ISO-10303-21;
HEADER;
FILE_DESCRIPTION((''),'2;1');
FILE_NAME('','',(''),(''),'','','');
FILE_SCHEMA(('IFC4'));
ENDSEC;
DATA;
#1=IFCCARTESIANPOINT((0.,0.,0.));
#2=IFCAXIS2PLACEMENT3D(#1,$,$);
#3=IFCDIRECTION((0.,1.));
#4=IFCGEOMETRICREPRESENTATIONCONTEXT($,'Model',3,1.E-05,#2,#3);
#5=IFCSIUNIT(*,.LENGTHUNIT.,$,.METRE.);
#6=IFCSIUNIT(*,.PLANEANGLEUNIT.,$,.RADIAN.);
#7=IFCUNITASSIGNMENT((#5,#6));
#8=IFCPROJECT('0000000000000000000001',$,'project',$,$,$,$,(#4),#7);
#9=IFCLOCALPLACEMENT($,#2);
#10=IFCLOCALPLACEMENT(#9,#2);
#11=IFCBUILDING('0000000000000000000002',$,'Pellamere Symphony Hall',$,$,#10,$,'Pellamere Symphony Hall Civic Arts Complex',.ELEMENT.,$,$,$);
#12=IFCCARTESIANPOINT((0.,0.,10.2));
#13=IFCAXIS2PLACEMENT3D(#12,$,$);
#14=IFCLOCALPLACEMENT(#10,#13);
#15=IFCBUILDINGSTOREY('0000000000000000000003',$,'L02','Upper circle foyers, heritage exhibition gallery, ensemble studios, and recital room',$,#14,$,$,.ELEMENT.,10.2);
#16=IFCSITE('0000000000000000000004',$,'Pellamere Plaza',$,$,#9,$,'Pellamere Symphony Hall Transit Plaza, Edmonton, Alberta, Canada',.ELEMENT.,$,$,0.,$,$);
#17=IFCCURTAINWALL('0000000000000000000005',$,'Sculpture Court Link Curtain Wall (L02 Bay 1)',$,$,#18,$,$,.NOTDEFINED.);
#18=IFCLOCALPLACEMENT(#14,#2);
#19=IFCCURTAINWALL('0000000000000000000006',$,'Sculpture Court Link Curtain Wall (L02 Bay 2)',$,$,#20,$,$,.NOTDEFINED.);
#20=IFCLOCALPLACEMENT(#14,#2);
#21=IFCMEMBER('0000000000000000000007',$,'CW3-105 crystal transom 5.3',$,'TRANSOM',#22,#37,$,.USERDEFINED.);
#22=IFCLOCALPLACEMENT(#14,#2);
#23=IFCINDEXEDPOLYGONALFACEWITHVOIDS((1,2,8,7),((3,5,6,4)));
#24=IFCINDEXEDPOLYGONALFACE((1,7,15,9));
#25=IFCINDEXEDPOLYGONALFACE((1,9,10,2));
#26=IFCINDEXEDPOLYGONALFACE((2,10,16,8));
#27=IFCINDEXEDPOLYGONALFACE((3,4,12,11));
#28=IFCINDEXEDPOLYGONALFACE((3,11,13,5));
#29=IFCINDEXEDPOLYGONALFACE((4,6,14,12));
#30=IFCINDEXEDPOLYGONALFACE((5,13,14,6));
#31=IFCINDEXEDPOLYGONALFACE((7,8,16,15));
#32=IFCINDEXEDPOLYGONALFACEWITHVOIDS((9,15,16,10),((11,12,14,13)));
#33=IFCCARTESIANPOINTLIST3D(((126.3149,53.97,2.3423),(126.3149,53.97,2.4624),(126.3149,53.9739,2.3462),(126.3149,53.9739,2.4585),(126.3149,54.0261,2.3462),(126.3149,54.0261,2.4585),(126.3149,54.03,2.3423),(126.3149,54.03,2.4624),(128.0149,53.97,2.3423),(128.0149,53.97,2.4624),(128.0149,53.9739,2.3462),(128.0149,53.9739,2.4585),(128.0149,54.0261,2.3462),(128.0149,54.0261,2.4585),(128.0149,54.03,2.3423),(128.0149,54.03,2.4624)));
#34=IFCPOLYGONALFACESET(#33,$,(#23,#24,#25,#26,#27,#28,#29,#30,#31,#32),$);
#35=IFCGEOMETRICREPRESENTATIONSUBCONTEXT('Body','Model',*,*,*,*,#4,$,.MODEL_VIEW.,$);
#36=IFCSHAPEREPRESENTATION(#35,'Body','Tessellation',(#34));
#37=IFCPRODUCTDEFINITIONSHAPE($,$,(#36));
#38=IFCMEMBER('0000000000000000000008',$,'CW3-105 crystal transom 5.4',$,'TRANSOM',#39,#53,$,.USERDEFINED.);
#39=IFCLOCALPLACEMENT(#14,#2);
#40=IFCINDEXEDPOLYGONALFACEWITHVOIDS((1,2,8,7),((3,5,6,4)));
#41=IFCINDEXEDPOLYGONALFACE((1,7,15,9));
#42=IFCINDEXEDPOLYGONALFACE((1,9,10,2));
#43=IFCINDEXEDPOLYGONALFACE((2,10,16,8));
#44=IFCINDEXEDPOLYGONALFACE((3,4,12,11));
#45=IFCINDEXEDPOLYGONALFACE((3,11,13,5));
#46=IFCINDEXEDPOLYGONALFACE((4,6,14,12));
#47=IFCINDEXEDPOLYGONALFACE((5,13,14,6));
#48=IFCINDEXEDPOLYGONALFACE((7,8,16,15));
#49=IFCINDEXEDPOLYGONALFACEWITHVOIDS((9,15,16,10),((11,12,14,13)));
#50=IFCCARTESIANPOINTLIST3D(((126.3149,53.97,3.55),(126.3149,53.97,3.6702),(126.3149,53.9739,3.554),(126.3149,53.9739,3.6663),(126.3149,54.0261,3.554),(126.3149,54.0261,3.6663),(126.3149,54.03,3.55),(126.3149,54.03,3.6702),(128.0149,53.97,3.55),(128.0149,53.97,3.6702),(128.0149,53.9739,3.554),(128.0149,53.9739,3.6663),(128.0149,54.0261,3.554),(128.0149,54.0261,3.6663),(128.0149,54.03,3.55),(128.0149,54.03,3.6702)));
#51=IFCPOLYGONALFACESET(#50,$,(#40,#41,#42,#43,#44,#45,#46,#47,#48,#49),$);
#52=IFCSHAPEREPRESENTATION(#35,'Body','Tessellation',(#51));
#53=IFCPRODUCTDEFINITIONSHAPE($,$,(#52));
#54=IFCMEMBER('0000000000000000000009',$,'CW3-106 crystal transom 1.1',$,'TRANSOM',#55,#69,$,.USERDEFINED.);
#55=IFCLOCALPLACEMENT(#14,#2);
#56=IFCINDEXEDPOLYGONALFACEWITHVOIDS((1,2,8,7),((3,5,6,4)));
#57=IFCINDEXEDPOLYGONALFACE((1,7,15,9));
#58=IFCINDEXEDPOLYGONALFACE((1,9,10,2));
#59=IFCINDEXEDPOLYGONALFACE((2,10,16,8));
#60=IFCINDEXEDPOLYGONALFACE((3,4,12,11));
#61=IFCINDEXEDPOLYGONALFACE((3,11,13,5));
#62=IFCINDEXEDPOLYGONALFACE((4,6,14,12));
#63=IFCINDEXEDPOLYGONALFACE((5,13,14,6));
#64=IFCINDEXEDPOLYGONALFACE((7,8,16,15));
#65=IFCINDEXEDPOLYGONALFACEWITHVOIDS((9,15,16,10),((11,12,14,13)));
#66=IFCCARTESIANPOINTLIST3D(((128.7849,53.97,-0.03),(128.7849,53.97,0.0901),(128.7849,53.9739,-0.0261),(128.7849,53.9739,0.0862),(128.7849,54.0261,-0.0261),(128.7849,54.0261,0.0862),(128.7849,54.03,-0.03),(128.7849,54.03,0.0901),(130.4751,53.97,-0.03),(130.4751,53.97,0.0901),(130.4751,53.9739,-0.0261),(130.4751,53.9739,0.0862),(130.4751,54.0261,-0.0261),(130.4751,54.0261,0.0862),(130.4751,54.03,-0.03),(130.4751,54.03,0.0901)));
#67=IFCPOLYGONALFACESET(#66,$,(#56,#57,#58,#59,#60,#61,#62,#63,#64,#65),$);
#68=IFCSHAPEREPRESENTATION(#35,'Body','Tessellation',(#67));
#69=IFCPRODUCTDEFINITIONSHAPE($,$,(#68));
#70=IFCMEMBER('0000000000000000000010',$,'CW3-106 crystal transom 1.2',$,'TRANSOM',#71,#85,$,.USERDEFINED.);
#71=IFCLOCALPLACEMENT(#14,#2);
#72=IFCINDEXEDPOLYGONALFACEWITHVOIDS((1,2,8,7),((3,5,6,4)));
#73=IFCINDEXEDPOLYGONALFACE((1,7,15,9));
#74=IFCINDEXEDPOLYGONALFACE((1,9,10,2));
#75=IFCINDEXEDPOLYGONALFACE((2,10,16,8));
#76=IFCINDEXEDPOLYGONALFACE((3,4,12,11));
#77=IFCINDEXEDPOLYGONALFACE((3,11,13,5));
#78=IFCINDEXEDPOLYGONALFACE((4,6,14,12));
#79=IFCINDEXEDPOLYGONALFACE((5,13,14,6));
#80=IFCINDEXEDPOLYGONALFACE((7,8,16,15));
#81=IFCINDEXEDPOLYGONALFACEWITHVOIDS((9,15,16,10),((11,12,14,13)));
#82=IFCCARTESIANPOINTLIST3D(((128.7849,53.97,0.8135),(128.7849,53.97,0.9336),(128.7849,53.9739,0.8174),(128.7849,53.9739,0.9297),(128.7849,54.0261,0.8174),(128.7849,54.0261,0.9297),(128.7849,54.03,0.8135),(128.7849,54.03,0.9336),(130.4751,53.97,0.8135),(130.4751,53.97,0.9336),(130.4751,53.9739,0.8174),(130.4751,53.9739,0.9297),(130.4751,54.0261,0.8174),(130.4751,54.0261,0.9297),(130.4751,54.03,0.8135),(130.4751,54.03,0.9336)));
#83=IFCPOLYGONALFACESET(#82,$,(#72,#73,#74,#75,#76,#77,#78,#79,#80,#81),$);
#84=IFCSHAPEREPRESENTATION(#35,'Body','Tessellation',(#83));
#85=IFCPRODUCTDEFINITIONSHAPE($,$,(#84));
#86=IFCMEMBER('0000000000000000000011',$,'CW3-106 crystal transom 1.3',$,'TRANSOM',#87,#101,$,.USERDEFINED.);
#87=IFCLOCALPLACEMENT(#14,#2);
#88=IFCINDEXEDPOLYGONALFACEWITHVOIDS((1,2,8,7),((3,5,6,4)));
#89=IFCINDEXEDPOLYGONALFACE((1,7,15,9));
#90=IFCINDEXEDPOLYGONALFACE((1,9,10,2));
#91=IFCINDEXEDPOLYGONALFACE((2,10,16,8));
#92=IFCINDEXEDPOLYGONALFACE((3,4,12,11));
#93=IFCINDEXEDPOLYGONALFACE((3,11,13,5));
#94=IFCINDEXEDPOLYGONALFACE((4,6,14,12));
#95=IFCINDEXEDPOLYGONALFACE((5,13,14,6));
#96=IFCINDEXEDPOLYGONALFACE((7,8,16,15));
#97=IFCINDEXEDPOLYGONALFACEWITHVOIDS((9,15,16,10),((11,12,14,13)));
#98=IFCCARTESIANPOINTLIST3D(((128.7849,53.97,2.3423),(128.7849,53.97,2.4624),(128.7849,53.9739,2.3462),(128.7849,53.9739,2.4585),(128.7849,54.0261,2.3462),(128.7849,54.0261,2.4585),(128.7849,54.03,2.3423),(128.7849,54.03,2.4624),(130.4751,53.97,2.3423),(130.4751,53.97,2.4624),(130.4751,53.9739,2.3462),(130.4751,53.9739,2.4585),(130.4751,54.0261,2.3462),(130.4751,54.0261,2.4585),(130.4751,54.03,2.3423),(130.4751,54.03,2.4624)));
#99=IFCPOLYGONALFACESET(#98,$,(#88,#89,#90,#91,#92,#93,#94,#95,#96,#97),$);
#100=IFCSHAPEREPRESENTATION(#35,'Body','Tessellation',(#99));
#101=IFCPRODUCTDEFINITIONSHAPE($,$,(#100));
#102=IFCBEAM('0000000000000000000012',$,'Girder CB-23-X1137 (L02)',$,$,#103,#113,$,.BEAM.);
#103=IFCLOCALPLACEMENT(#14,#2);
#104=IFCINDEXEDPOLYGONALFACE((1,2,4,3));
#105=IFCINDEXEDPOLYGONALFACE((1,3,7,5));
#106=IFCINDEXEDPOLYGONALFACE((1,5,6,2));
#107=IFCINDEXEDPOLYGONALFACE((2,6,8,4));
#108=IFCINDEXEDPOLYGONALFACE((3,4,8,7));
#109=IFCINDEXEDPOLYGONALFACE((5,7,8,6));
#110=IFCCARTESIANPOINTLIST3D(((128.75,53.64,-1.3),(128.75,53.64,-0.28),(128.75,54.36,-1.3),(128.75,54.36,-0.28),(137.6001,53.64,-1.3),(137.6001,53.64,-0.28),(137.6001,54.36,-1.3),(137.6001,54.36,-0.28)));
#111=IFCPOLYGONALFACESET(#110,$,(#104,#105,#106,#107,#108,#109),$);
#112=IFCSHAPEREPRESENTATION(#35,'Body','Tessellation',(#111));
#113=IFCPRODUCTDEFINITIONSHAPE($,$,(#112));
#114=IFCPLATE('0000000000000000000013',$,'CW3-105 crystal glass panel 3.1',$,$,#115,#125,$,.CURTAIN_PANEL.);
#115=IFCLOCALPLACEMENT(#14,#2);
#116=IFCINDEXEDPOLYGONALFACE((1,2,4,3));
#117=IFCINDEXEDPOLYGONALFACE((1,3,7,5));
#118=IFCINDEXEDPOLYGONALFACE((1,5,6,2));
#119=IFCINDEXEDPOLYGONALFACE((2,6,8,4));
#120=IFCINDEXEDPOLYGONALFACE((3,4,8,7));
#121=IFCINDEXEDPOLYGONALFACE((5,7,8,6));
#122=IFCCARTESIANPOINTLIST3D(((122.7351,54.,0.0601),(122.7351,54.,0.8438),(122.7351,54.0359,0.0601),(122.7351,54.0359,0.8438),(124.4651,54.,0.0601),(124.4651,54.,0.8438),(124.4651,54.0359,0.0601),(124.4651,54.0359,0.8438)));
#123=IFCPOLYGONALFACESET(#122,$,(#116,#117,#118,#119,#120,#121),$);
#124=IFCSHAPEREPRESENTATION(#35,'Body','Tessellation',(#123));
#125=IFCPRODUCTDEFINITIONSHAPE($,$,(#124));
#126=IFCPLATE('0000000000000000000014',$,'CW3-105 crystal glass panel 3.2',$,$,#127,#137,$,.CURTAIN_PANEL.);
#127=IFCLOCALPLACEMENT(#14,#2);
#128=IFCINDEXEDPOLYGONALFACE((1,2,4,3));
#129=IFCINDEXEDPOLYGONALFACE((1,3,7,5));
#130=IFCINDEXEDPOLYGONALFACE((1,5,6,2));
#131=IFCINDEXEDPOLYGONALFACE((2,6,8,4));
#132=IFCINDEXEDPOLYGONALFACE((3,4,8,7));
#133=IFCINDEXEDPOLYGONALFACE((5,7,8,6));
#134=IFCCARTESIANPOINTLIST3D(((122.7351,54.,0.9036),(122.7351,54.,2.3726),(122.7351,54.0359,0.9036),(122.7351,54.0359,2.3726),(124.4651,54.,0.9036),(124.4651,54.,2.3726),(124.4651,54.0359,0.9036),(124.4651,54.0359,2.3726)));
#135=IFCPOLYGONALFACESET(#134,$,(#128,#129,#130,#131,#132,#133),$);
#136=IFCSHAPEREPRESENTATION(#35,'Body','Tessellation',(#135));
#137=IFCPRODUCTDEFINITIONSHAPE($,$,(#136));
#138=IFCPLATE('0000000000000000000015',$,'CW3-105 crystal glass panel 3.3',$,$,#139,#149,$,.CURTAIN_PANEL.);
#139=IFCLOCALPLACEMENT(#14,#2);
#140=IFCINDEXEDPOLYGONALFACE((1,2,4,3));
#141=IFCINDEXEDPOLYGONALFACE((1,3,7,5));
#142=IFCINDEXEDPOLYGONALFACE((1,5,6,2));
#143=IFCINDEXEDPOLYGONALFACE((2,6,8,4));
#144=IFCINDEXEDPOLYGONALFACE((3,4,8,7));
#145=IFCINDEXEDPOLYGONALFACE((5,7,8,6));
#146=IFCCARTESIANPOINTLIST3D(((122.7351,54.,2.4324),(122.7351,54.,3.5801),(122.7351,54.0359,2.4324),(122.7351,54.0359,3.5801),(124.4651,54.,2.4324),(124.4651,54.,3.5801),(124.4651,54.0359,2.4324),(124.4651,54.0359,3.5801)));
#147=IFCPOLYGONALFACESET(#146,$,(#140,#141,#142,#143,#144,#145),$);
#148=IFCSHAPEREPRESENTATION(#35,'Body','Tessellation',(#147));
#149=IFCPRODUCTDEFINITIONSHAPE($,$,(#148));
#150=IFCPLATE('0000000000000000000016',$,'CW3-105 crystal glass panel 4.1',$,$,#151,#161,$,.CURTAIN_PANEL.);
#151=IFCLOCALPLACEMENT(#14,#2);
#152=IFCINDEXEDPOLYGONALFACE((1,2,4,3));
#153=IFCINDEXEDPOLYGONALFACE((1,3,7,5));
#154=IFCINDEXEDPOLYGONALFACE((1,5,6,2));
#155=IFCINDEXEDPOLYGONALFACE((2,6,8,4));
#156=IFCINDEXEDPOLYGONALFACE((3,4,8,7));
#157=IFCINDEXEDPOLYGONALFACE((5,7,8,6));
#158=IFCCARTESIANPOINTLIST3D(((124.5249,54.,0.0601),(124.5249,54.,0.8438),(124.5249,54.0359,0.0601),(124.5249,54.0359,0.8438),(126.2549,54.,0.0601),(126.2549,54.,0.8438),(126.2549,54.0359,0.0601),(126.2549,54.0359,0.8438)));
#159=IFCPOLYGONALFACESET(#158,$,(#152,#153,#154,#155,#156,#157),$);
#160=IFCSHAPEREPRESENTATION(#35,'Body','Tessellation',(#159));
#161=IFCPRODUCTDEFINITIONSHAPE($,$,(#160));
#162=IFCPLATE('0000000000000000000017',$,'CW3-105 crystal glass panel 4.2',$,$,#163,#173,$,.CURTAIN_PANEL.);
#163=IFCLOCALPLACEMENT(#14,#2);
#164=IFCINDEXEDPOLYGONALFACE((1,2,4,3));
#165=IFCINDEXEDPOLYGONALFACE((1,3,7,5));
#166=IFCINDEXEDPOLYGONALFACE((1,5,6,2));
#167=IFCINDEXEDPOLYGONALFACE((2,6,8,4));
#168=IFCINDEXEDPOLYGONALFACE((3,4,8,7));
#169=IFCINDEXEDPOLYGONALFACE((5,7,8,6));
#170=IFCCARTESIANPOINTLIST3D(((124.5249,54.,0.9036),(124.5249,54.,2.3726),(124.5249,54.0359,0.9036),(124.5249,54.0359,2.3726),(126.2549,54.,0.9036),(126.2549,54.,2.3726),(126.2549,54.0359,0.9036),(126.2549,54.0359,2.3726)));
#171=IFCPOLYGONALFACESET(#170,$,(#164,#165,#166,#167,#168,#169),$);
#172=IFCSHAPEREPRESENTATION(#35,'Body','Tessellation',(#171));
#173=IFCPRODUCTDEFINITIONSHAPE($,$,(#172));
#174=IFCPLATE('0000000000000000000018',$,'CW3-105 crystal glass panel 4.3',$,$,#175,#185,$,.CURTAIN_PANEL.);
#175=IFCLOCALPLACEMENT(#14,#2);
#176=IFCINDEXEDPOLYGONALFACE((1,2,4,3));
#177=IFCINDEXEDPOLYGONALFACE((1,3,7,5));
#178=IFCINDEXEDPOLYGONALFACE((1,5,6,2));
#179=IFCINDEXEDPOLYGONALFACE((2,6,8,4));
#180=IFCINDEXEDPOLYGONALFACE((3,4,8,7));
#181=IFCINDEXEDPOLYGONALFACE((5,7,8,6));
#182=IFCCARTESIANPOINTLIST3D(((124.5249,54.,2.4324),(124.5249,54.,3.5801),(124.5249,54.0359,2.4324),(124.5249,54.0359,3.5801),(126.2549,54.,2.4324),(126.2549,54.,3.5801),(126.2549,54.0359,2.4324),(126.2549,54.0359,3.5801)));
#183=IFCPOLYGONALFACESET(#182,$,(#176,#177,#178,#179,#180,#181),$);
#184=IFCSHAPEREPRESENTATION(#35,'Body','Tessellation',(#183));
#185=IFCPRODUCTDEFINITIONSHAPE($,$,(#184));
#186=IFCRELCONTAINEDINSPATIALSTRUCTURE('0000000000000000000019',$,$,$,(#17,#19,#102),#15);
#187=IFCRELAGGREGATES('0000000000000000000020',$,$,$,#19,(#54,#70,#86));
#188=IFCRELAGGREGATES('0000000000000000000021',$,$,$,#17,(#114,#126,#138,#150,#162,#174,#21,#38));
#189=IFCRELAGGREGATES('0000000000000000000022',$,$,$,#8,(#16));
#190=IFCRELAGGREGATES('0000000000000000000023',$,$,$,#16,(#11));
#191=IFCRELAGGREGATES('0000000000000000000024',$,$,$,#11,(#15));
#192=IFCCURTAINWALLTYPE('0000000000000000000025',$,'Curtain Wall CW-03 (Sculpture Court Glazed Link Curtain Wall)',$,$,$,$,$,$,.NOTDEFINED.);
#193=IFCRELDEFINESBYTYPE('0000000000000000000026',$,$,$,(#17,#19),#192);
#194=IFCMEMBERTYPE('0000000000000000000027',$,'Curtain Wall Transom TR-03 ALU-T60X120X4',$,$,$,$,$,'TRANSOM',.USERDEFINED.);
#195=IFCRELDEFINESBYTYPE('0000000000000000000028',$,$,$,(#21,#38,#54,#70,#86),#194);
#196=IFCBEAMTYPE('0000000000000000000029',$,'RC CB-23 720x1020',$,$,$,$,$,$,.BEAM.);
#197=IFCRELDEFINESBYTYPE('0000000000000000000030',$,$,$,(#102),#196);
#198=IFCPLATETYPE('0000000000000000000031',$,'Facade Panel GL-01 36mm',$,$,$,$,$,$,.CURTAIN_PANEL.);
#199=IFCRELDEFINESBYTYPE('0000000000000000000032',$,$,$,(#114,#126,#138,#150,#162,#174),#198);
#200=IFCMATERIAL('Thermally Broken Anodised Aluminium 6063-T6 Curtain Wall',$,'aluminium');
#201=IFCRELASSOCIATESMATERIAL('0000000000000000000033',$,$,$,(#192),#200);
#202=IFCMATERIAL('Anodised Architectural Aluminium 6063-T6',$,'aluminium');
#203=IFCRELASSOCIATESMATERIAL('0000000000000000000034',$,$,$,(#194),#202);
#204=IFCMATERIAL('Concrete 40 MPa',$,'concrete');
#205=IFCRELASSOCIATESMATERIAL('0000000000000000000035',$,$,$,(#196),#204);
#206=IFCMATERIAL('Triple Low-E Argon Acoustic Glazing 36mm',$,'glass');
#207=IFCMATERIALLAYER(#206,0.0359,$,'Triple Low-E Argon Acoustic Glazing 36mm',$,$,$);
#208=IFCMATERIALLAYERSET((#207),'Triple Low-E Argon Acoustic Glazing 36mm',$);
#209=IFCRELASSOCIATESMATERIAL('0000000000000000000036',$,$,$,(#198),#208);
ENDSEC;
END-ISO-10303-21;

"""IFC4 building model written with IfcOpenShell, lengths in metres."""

from ifc_helpers import new_model, si_unit, direction, frame, origin, origin_2d, place, context, subcontext, project, spatial, polyline, rectangle, hollow_rectangle, outline, extrude, material, layer, layer_set, material_profile, profile_set, type_object, element, aggregate, save


model = new_model("IFC4")

# Units and contexts
model_context = context("Model", 3, precision=1e-05, world=origin(), true_north=direction((0.0, 1.0)))
body_context = subcontext(model_context, "Body", "Model", "MODEL_VIEW")
ifc_project = project(units=[si_unit("LENGTHUNIT", "METRE"), si_unit("PLANEANGLEUNIT", "RADIAN")], contexts=[model_context])

# Site, building, storey
site_placement = place(None, origin())
site = spatial("IfcSite", under=ifc_project, at=site_placement, Name="Pellamere Plaza", LongName="Pellamere Symphony Hall Transit Plaza, Edmonton, Alberta, Canada", CompositionType="ELEMENT", RefElevation=0.0)
building_placement = place(site_placement, origin())
building = spatial("IfcBuilding", under=site, at=building_placement, Name="Pellamere Symphony Hall", LongName="Pellamere Symphony Hall Civic Arts Complex", CompositionType="ELEMENT")
storey_placement = place(building_placement, frame((0.0, 0.0, 10.2)))
storey = spatial("IfcBuildingStorey", under=building, at=storey_placement, Name="L02", Description="Upper circle foyers, heritage exhibition gallery, ensemble studios, and recital room", CompositionType="ELEMENT", Elevation=10.2)

# Shared definitions
ifc_material_1 = material(Name="Concrete 40 MPa", Category="concrete")

# Curtain wall
ifc_material_2 = material(Name="Thermally Broken Anodised Aluminium 6063-T6 Curtain Wall", Category="aluminium")
ifc_material_3 = material(Name="Anodised Architectural Aluminium 6063-T6", Category="aluminium")
curtain_wall_type_1 = type_object("IfcCurtainWallType", Name="Curtain Wall CW-03 (Sculpture Court Glazed Link Curtain Wall)", PredefinedType="NOTDEFINED", material=ifc_material_2)
curtain_wall_1_placement = place(storey_placement, origin())
curtain_wall_1 = element("IfcCurtainWall", 1, at=curtain_wall_1_placement, inside=storey, type_object=curtain_wall_type_1, Name="Sculpture Court Link Curtain Wall (L02 Bay 1)", PredefinedType="NOTDEFINED")

# Curtain wall
curtain_wall_2_placement = place(storey_placement, origin())
curtain_wall_2 = element("IfcCurtainWall", 2, at=curtain_wall_2_placement, inside=storey, type_object=curtain_wall_type_1, Name="Sculpture Court Link Curtain Wall (L02 Bay 2)", PredefinedType="NOTDEFINED")

# Members
ifc_material_profile_1 = material_profile(ifc_material_3, hollow_rectangle(XDim=0.0601, YDim=0.1201, WallThickness=0.0039, at=origin_2d()), Name="ALU-T60X120X4")
ifc_profile_set_1 = profile_set([ifc_material_profile_1], Name="Anodised Architectural Aluminium 6063-T6")
member_type_1 = type_object("IfcMemberType", Name="Curtain Wall Transom TR-03 ALU-T60X120X4", ElementType="TRANSOM", PredefinedType="USERDEFINED", material=ifc_profile_set_1)
member_1_placement = place(storey_placement, frame((126.3149, 54.0, 2.4023), z_axis=(1.0, 0.0, 0.0), x_axis=(0.0, 1.0, 0.0)))
member_1 = element("IfcMember", 3, at=member_1_placement, type_object=member_type_1, Name="CW3-105 crystal transom 5.3", ObjectType="TRANSOM", PredefinedType="USERDEFINED", context=body_context, shape_type="SweptSolid", body=[
    extrude(hollow_rectangle(XDim=0.0601, YDim=0.1201, WallThickness=0.0039, at=origin_2d()), origin(), (0.0, 0.0, 1.0), 1.7),
])
member_2_placement = place(storey_placement, frame((126.3149, 54.0, 3.6101), z_axis=(1.0, 0.0, 0.0), x_axis=(0.0, 1.0, 0.0)))
member_2 = element("IfcMember", 4, at=member_2_placement, type_object=member_type_1, Name="CW3-105 crystal transom 5.4", ObjectType="TRANSOM", PredefinedType="USERDEFINED", context=body_context, shape_type="SweptSolid", body=[
    extrude(hollow_rectangle(XDim=0.0601, YDim=0.1201, WallThickness=0.0039, at=origin_2d()), origin(), (0.0, 0.0, 1.0), 1.7),
])
member_3_placement = place(storey_placement, frame((128.7849, 54.0, 0.03), z_axis=(1.0, 0.0, 0.0), x_axis=(0.0, 1.0, 0.0)))
member_3 = element("IfcMember", 5, at=member_3_placement, type_object=member_type_1, Name="CW3-106 crystal transom 1.1", ObjectType="TRANSOM", PredefinedType="USERDEFINED", context=body_context, shape_type="SweptSolid", body=[
    extrude(hollow_rectangle(XDim=0.0601, YDim=0.1201, WallThickness=0.0039, at=origin_2d()), origin(), (0.0, 0.0, 1.0), 1.6902),
])
member_4_placement = place(storey_placement, frame((128.7849, 54.0, 0.8735), z_axis=(1.0, 0.0, 0.0), x_axis=(0.0, 1.0, 0.0)))
member_4 = element("IfcMember", 6, at=member_4_placement, type_object=member_type_1, Name="CW3-106 crystal transom 1.2", ObjectType="TRANSOM", PredefinedType="USERDEFINED", context=body_context, shape_type="SweptSolid", body=[
    extrude(hollow_rectangle(XDim=0.0601, YDim=0.1201, WallThickness=0.0039, at=origin_2d()), origin(), (0.0, 0.0, 1.0), 1.6902),
])
member_5_placement = place(storey_placement, frame((128.7849, 54.0, 2.4023), z_axis=(1.0, 0.0, 0.0), x_axis=(0.0, 1.0, 0.0)))
member_5 = element("IfcMember", 7, at=member_5_placement, type_object=member_type_1, Name="CW3-106 crystal transom 1.3", ObjectType="TRANSOM", PredefinedType="USERDEFINED", context=body_context, shape_type="SweptSolid", body=[
    extrude(hollow_rectangle(XDim=0.0601, YDim=0.1201, WallThickness=0.0039, at=origin_2d()), origin(), (0.0, 0.0, 1.0), 1.6902),
])
aggregate(curtain_wall_2, [member_3, member_4, member_5])

# Beam
ifc_material_profile_2 = material_profile(ifc_material_1, rectangle(XDim=0.72, YDim=1.02, at=origin_2d()), Name="RC 720x1020")
ifc_profile_set_2 = profile_set([ifc_material_profile_2], Name="Concrete 40 MPa")
beam_type = type_object("IfcBeamType", Name="RC CB-23 720x1020", PredefinedType="BEAM", material=ifc_profile_set_2)
beam_placement = place(storey_placement, frame((128.75, 54.0, -0.79), z_axis=(1.0, 0.0, 0.0), x_axis=(0.0, 1.0, 0.0)))
element("IfcBeam", 8, at=beam_placement, inside=storey, type_object=beam_type, Name="Girder CB-23-X1137 (L02)", PredefinedType="BEAM", context=body_context, shape_type="SweptSolid", body=[
    extrude(rectangle(XDim=0.72, YDim=1.02, at=origin_2d()), origin(), (0.0, 0.0, 1.0), 8.8501),
])

# Plates
ifc_material_4 = material(Name="Triple Low-E Argon Acoustic Glazing 36mm", Category="glass")
ifc_layer_1 = layer(ifc_material_4, 0.0359, Name="Triple Low-E Argon Acoustic Glazing 36mm")
ifc_layer_set_1 = layer_set([ifc_layer_1], Name="Triple Low-E Argon Acoustic Glazing 36mm")
plate_type_1 = type_object("IfcPlateType", Name="Facade Panel GL-01 36mm", PredefinedType="CURTAIN_PANEL", material=ifc_layer_set_1)
plate_1_placement = place(storey_placement, frame((122.7351, 54.0, 0.0601), z_axis=(0.0, -1.0, 0.0), x_axis=(1.0, 0.0, 0.0)))
plate_1 = element("IfcPlate", 9, at=plate_1_placement, type_object=plate_type_1, Name="CW3-105 crystal glass panel 3.1", PredefinedType="CURTAIN_PANEL", context=body_context, shape_type="SweptSolid", body=[
    extrude(outline(polyline([(0.0, 0.0), (1.73, 0.0), (1.73, 0.7837), (0.0, 0.7837), (0.0, 0.0)])), origin(), (0.0, 0.0, -1.0), 0.0359),
])
plate_2_placement = place(storey_placement, frame((122.7351, 54.0, 0.9036), z_axis=(0.0, -1.0, 0.0), x_axis=(1.0, 0.0, 0.0)))
plate_2 = element("IfcPlate", 10, at=plate_2_placement, type_object=plate_type_1, Name="CW3-105 crystal glass panel 3.2", PredefinedType="CURTAIN_PANEL", context=body_context, shape_type="SweptSolid", body=[
    extrude(outline(polyline([(0.0, 0.0), (1.73, 0.0), (1.73, 1.469), (0.0, 1.469), (0.0, 0.0)])), origin(), (0.0, 0.0, -1.0), 0.0359),
])
plate_3_placement = place(storey_placement, frame((122.7351, 54.0, 2.4324), z_axis=(0.0, -1.0, 0.0), x_axis=(1.0, 0.0, 0.0)))
plate_3 = element("IfcPlate", 11, at=plate_3_placement, type_object=plate_type_1, Name="CW3-105 crystal glass panel 3.3", PredefinedType="CURTAIN_PANEL", context=body_context, shape_type="SweptSolid", body=[
    extrude(outline(polyline([(0.0, 0.0), (1.73, 0.0), (1.73, 1.1477), (0.0, 1.1477), (0.0, 0.0)])), origin(), (0.0, 0.0, -1.0), 0.0359),
])
plate_4_placement = place(storey_placement, frame((124.5249, 54.0, 0.0601), z_axis=(0.0, -1.0, 0.0), x_axis=(1.0, 0.0, 0.0)))
plate_4 = element("IfcPlate", 12, at=plate_4_placement, type_object=plate_type_1, Name="CW3-105 crystal glass panel 4.1", PredefinedType="CURTAIN_PANEL", context=body_context, shape_type="SweptSolid", body=[
    extrude(outline(polyline([(0.0, 0.0), (1.73, 0.0), (1.73, 0.7837), (0.0, 0.7837), (0.0, 0.0)])), origin(), (0.0, 0.0, -1.0), 0.0359),
])
plate_5_placement = place(storey_placement, frame((124.5249, 54.0, 0.9036), z_axis=(0.0, -1.0, 0.0), x_axis=(1.0, 0.0, 0.0)))
plate_5 = element("IfcPlate", 13, at=plate_5_placement, type_object=plate_type_1, Name="CW3-105 crystal glass panel 4.2", PredefinedType="CURTAIN_PANEL", context=body_context, shape_type="SweptSolid", body=[
    extrude(outline(polyline([(0.0, 0.0), (1.73, 0.0), (1.73, 1.469), (0.0, 1.469), (0.0, 0.0)])), origin(), (0.0, 0.0, -1.0), 0.0359),
])
plate_6_placement = place(storey_placement, frame((124.5249, 54.0, 2.4324), z_axis=(0.0, -1.0, 0.0), x_axis=(1.0, 0.0, 0.0)))
plate_6 = element("IfcPlate", 14, at=plate_6_placement, type_object=plate_type_1, Name="CW3-105 crystal glass panel 4.3", PredefinedType="CURTAIN_PANEL", context=body_context, shape_type="SweptSolid", body=[
    extrude(outline(polyline([(0.0, 0.0), (1.73, 0.0), (1.73, 1.1477), (0.0, 1.1477), (0.0, 0.0)])), origin(), (0.0, 0.0, -1.0), 0.0359),
])
aggregate(curtain_wall_1, [plate_1, plate_2, plate_3, plate_4, plate_5, plate_6, member_1, member_2])

save(model, "model.ifc")
